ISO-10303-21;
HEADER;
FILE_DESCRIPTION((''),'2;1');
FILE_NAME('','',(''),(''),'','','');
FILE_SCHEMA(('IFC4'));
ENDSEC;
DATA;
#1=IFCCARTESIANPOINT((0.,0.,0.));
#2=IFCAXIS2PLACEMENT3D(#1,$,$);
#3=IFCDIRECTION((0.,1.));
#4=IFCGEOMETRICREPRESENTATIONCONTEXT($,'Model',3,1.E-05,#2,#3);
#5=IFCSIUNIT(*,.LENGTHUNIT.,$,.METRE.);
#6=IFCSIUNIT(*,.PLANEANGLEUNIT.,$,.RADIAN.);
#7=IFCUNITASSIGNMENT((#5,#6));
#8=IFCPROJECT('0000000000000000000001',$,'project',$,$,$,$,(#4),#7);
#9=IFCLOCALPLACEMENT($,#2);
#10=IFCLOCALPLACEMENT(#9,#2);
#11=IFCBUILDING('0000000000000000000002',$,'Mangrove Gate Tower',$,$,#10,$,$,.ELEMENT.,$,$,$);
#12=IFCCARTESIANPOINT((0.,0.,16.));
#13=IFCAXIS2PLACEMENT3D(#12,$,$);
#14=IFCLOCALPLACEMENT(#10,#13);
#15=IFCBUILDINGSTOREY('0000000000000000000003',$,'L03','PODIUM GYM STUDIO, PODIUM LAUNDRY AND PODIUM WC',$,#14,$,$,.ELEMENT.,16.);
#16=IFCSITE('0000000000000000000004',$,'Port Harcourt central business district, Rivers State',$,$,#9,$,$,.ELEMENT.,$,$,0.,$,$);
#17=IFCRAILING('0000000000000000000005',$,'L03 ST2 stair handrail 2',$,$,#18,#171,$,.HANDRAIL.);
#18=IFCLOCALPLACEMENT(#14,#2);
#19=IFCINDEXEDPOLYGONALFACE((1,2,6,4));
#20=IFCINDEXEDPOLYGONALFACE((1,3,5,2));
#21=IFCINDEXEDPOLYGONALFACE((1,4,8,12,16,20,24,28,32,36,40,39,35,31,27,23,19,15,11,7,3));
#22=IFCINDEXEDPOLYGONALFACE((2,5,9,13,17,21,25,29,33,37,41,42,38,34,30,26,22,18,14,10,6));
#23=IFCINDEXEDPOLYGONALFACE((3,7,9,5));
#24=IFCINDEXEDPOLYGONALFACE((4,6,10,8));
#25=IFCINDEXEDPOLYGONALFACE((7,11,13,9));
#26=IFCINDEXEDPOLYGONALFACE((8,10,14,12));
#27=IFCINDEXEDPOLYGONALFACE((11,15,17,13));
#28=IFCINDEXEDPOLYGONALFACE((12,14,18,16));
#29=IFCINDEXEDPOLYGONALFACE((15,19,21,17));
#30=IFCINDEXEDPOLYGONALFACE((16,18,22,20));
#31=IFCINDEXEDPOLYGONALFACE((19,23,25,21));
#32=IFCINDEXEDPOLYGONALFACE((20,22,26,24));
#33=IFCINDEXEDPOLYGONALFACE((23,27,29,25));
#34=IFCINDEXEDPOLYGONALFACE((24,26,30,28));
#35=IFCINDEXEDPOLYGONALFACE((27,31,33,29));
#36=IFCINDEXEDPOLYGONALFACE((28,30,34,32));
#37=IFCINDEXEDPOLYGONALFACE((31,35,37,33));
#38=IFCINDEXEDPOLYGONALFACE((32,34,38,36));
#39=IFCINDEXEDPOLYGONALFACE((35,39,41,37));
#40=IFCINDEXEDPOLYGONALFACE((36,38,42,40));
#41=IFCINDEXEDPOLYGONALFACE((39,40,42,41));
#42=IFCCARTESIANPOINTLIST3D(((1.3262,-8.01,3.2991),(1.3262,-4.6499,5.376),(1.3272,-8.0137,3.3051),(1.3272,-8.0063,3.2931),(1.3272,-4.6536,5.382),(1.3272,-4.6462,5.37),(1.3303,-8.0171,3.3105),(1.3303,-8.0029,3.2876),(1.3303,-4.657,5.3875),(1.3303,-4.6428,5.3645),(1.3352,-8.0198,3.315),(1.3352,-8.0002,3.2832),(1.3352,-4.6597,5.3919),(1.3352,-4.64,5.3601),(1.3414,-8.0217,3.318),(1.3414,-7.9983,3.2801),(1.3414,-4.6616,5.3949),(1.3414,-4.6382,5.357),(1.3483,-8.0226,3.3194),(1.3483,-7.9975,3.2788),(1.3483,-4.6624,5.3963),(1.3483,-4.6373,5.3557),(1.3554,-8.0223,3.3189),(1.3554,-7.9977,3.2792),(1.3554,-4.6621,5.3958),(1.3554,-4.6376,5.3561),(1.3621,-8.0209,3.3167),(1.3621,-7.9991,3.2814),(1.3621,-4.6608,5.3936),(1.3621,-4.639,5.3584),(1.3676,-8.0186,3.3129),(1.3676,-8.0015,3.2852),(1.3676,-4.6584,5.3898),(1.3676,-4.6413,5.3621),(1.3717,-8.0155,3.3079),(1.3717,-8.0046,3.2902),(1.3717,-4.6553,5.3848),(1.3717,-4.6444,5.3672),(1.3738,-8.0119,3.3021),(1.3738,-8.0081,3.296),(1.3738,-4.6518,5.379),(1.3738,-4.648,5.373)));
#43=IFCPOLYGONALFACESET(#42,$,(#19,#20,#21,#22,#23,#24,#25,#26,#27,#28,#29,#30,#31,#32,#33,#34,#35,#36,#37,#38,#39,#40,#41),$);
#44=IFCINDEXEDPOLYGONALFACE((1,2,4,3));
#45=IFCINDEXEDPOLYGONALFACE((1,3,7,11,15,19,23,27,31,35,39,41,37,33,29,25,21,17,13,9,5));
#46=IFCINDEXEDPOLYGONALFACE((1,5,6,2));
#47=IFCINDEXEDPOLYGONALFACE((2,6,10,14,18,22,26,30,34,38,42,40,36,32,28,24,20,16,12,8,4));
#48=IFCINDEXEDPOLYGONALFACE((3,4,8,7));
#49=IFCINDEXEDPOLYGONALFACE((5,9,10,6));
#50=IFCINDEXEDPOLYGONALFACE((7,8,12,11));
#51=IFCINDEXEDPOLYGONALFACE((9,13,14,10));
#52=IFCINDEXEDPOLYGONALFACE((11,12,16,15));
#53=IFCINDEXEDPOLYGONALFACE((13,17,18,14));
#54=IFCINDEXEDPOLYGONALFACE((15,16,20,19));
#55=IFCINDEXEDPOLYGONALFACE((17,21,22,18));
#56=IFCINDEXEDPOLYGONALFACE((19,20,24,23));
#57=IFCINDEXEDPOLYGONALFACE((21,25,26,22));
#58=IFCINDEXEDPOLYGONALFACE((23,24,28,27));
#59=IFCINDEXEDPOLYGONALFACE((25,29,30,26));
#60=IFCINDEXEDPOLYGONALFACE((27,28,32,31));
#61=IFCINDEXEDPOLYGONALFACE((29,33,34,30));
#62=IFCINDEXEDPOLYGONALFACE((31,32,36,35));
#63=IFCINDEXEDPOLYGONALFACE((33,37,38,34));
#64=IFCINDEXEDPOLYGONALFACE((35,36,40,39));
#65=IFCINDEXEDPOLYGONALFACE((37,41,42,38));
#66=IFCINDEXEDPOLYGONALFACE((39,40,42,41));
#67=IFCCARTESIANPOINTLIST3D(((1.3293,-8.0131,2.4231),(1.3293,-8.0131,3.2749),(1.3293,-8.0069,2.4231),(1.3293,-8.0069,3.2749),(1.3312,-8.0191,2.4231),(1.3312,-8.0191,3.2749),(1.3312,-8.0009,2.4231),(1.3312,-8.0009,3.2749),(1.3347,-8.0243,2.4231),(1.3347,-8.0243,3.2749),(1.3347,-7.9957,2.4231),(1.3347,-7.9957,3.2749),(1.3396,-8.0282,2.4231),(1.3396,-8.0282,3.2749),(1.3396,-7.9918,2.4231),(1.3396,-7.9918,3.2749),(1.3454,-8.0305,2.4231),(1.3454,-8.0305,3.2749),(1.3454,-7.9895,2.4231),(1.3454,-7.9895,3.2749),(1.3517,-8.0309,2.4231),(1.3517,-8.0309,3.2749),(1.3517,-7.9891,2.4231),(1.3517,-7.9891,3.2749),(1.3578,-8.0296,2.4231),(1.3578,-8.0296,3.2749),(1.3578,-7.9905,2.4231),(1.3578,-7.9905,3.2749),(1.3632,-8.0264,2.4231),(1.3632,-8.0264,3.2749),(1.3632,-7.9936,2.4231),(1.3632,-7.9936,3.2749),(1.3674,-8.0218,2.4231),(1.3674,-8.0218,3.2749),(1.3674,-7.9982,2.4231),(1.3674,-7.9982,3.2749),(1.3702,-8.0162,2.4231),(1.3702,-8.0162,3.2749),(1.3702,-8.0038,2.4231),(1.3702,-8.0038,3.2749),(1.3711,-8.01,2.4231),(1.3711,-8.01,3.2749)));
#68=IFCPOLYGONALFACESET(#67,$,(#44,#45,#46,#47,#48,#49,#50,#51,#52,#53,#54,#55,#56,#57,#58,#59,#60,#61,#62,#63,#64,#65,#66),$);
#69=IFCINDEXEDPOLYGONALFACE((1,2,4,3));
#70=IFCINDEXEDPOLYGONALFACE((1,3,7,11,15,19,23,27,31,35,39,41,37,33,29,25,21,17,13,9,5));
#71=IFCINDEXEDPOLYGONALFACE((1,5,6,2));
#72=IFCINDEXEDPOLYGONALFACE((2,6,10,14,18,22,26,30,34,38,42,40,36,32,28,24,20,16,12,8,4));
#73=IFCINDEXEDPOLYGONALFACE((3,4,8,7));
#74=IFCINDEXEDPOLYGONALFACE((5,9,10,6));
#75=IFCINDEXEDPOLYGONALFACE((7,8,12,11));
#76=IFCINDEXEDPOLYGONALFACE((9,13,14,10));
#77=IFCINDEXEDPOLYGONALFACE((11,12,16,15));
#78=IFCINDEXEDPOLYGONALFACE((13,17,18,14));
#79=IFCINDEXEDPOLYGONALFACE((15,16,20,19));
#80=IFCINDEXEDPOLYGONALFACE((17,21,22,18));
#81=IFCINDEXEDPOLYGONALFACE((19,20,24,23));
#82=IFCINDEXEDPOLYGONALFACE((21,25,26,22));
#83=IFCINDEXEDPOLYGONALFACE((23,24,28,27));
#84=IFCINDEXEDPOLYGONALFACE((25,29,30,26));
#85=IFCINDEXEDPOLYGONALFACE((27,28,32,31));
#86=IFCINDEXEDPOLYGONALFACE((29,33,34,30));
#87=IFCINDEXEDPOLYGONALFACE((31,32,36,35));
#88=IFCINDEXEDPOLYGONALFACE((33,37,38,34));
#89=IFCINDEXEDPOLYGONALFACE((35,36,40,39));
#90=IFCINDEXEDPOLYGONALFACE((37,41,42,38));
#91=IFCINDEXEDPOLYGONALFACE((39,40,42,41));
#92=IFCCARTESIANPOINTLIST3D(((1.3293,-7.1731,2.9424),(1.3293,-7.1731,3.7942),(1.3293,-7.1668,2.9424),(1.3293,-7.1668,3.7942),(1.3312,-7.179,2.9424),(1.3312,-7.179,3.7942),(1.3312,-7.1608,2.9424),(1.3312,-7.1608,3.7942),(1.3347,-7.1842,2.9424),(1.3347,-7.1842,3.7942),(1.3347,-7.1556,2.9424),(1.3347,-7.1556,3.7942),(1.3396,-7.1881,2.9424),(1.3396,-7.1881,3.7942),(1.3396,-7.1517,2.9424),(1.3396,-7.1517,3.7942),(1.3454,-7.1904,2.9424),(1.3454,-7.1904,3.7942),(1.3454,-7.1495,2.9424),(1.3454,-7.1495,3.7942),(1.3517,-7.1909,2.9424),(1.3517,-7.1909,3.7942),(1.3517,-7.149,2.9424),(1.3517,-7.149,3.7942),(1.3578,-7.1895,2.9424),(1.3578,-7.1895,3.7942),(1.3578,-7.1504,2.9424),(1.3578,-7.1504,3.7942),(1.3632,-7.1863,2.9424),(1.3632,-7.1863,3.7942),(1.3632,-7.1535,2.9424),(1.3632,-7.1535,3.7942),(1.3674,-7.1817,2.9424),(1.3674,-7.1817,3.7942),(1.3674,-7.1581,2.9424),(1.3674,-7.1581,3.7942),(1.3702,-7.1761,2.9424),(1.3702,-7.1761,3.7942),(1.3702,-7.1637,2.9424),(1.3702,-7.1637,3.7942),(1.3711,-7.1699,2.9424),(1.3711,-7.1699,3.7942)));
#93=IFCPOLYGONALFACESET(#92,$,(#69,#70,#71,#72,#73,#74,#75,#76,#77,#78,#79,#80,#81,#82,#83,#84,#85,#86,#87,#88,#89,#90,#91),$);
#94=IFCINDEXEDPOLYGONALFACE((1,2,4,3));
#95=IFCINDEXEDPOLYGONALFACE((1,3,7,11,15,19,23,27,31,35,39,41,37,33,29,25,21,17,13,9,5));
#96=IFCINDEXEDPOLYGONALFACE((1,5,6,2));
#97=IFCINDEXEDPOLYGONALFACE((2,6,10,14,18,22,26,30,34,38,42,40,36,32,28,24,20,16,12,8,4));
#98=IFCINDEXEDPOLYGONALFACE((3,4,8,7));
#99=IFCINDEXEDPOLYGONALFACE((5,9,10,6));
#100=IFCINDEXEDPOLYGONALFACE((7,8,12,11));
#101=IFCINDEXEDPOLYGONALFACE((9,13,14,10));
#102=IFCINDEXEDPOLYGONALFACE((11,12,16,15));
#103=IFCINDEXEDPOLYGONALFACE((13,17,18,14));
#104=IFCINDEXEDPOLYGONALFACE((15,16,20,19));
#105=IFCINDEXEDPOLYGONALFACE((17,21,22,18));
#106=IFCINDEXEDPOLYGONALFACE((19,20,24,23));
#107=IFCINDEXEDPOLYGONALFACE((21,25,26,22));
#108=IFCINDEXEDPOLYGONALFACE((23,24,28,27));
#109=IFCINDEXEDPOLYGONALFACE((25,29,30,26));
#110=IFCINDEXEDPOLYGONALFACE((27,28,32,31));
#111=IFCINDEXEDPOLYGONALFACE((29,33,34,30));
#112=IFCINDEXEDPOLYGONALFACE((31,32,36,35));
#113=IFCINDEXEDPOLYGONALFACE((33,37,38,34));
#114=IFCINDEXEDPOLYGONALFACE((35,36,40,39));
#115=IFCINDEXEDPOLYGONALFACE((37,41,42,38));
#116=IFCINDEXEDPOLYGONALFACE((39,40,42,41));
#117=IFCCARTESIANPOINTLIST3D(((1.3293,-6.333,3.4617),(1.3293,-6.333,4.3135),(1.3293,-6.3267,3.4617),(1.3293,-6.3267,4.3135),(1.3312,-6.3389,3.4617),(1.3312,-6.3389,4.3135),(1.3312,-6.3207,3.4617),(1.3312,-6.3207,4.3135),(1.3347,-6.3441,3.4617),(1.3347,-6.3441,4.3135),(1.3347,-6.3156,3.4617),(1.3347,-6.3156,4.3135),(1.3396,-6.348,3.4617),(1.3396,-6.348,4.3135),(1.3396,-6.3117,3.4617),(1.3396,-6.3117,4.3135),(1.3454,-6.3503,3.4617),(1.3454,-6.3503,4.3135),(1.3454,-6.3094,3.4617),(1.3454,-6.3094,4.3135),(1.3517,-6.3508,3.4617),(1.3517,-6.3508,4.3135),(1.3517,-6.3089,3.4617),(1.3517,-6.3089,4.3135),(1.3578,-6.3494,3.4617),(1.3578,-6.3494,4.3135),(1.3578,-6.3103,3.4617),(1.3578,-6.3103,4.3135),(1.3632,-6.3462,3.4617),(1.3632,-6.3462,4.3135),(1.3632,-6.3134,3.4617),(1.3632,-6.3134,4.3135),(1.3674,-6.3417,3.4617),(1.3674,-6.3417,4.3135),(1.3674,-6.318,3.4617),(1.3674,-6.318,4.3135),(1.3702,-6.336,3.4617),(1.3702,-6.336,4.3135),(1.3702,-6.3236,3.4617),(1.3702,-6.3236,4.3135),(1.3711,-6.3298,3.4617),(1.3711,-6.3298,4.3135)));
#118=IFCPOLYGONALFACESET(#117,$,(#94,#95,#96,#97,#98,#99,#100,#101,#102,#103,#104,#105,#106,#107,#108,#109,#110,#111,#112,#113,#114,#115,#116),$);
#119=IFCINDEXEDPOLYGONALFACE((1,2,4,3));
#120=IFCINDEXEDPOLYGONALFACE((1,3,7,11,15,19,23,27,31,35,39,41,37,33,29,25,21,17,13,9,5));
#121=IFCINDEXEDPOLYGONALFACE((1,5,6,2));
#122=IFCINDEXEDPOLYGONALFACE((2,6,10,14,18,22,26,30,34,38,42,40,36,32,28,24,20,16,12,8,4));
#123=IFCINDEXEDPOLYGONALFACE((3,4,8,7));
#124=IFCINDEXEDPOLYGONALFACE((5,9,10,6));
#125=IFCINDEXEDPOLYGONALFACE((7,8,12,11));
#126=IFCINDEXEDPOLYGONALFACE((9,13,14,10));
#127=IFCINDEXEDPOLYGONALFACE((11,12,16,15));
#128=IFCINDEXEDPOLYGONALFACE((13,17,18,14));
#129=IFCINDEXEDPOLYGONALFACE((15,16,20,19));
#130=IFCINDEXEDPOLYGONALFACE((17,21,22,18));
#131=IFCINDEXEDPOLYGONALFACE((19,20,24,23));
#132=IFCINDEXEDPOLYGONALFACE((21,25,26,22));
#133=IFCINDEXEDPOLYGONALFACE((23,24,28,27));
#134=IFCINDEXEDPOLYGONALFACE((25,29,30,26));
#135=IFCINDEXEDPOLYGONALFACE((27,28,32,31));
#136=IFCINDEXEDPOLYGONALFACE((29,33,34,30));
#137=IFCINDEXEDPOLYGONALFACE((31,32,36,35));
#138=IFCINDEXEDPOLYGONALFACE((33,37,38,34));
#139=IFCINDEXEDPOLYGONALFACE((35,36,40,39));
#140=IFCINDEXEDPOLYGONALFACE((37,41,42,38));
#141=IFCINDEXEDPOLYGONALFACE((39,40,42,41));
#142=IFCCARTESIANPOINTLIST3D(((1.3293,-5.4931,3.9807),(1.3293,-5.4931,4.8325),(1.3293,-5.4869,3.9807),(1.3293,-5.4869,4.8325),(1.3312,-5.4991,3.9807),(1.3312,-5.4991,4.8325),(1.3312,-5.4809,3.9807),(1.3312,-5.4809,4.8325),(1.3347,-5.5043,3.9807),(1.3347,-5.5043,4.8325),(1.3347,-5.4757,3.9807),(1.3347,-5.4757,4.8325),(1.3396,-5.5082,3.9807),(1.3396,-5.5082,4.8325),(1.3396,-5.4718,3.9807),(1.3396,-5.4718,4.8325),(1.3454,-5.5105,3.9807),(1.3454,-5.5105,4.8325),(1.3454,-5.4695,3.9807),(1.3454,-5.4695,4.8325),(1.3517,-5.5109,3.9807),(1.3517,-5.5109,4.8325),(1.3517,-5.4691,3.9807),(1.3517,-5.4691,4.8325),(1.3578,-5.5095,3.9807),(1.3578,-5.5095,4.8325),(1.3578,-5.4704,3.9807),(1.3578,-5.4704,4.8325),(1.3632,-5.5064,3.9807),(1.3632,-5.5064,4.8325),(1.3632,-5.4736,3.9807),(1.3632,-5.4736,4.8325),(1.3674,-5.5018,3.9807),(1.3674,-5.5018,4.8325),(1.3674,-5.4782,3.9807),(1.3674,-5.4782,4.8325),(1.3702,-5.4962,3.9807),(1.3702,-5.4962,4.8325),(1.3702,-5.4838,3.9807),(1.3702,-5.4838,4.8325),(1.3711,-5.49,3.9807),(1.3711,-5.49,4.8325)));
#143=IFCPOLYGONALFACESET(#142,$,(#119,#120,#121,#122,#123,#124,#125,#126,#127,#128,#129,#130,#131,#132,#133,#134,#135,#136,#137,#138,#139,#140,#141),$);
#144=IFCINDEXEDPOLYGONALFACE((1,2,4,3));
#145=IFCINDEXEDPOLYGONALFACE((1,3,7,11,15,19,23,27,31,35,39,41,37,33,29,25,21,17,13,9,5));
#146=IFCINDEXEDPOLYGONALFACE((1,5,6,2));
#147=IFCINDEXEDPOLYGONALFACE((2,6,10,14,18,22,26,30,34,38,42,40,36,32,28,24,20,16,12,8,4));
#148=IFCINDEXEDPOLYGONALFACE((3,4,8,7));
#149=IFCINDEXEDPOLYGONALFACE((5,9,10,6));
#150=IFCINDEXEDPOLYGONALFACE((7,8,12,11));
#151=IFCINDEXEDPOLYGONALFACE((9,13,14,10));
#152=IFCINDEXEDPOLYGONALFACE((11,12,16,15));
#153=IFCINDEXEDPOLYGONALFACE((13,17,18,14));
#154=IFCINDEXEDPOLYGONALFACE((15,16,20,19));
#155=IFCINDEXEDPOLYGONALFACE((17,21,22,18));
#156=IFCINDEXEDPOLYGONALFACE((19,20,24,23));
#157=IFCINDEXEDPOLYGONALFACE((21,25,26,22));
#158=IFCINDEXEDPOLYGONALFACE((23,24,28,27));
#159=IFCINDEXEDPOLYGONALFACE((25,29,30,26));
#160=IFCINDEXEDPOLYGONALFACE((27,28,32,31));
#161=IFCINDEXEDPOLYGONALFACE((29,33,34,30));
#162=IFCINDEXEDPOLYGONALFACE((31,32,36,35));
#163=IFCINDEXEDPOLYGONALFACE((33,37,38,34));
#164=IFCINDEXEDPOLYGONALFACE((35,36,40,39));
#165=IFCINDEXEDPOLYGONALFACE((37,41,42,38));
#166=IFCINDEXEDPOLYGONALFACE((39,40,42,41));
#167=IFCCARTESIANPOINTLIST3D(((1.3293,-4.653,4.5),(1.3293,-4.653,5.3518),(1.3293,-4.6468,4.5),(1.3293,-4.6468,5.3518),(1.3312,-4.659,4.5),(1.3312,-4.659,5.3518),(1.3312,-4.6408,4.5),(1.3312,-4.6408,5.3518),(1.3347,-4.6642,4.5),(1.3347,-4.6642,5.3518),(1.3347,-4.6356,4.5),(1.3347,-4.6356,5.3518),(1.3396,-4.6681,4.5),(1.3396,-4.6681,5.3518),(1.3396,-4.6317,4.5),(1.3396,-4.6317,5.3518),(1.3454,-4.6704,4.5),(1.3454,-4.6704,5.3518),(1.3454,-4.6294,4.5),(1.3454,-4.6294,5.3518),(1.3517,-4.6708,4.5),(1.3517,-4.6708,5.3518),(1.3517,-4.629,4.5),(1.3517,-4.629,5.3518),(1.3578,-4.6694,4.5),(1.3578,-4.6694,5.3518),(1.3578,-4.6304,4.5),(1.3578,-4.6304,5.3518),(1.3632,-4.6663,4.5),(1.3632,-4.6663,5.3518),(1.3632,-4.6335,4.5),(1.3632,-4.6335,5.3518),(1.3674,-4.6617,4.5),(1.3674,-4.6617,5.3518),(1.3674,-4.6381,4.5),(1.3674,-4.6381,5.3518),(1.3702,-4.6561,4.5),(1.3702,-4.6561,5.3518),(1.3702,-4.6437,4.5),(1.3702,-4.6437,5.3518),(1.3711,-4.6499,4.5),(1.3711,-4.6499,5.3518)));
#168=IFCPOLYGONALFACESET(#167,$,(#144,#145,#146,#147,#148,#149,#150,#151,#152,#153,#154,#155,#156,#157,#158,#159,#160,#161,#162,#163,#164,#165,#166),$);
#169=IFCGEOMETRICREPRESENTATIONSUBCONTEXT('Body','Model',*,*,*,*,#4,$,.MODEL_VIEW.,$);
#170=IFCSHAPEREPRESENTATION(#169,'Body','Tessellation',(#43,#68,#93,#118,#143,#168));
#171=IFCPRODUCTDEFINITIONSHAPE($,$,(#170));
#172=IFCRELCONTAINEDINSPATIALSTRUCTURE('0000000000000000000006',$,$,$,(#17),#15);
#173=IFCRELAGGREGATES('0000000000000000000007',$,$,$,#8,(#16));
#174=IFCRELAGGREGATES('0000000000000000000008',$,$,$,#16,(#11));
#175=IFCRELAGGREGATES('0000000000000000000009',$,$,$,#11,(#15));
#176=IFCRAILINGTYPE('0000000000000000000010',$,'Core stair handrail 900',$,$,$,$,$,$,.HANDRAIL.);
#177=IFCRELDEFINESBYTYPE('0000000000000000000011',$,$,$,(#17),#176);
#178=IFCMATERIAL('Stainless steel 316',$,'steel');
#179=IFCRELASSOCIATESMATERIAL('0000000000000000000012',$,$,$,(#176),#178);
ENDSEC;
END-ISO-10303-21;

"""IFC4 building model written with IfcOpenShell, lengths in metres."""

from ifc_helpers import new_model, si_unit, direction, frame, origin, origin_2d, place, context, subcontext, project, spatial, circle, extrude, material, type_object, element, save


model = new_model("IFC4")

# Units and contexts
model_context = context("Model", 3, precision=1e-05, world=origin(), true_north=direction((0.0, 1.0)))
body_context = subcontext(model_context, "Body", "Model", "MODEL_VIEW")
ifc_project = project(units=[si_unit("LENGTHUNIT", "METRE"), si_unit("PLANEANGLEUNIT", "RADIAN")], contexts=[model_context])

# Site, building, storey
site_placement = place(None, origin())
site = spatial("IfcSite", under=ifc_project, at=site_placement, Name="Port Harcourt central business district, Rivers State", CompositionType="ELEMENT", RefElevation=0.0)
building_placement = place(site_placement, origin())
building = spatial("IfcBuilding", under=site, at=building_placement, Name="Mangrove Gate Tower", CompositionType="ELEMENT")
storey_placement = place(building_placement, frame((0.0, 0.0, 16.0)))
storey = spatial("IfcBuildingStorey", under=building, at=storey_placement, Name="L03", Description="PODIUM GYM STUDIO, PODIUM LAUNDRY AND PODIUM WC", CompositionType="ELEMENT", Elevation=16.0)

# Railing
ifc_material_1 = material(Name="Stainless steel 316", Category="steel")
railing_type_1 = type_object("IfcRailingType", Name="Core stair handrail 900", PredefinedType="HANDRAIL", material=ifc_material_1)
railing_1_placement = place(storey_placement, frame((1.3501, -8.01, 2.4231)))
element("IfcRailing", 1, at=railing_1_placement, inside=storey, type_object=railing_type_1, Name="L03 ST2 stair handrail 2", PredefinedType="HANDRAIL", context=body_context, shape_type="SweptSolid", body=[
    extrude(circle(Radius=0.0239, at=origin_2d()), frame((0.0, 0.0, 0.876), z_axis=(0.0, 0.850623, 0.525776), x_axis=(-1.0, 0.0, 0.0)), (0.0, 0.0, 1.0), 3.9502),
    extrude(circle(Radius=0.021, at=origin_2d()), origin(), (0.0, 0.0, 1.0), 0.8518),
    extrude(circle(Radius=0.021, at=origin_2d()), frame((0.0, 0.8401, 0.5193)), (0.0, 0.0, 1.0), 0.8518),
    extrude(circle(Radius=0.021, at=origin_2d()), frame((0.0, 1.6802, 1.0386)), (0.0, 0.0, 1.0), 0.8518),
    extrude(circle(Radius=0.021, at=origin_2d()), frame((0.0, 2.52, 1.5576)), (0.0, 0.0, 1.0), 0.8518),
    extrude(circle(Radius=0.021, at=origin_2d()), frame((0.0, 3.3601, 2.0769)), (0.0, 0.0, 1.0), 0.8518),
])

save(model, "model.ifc")
